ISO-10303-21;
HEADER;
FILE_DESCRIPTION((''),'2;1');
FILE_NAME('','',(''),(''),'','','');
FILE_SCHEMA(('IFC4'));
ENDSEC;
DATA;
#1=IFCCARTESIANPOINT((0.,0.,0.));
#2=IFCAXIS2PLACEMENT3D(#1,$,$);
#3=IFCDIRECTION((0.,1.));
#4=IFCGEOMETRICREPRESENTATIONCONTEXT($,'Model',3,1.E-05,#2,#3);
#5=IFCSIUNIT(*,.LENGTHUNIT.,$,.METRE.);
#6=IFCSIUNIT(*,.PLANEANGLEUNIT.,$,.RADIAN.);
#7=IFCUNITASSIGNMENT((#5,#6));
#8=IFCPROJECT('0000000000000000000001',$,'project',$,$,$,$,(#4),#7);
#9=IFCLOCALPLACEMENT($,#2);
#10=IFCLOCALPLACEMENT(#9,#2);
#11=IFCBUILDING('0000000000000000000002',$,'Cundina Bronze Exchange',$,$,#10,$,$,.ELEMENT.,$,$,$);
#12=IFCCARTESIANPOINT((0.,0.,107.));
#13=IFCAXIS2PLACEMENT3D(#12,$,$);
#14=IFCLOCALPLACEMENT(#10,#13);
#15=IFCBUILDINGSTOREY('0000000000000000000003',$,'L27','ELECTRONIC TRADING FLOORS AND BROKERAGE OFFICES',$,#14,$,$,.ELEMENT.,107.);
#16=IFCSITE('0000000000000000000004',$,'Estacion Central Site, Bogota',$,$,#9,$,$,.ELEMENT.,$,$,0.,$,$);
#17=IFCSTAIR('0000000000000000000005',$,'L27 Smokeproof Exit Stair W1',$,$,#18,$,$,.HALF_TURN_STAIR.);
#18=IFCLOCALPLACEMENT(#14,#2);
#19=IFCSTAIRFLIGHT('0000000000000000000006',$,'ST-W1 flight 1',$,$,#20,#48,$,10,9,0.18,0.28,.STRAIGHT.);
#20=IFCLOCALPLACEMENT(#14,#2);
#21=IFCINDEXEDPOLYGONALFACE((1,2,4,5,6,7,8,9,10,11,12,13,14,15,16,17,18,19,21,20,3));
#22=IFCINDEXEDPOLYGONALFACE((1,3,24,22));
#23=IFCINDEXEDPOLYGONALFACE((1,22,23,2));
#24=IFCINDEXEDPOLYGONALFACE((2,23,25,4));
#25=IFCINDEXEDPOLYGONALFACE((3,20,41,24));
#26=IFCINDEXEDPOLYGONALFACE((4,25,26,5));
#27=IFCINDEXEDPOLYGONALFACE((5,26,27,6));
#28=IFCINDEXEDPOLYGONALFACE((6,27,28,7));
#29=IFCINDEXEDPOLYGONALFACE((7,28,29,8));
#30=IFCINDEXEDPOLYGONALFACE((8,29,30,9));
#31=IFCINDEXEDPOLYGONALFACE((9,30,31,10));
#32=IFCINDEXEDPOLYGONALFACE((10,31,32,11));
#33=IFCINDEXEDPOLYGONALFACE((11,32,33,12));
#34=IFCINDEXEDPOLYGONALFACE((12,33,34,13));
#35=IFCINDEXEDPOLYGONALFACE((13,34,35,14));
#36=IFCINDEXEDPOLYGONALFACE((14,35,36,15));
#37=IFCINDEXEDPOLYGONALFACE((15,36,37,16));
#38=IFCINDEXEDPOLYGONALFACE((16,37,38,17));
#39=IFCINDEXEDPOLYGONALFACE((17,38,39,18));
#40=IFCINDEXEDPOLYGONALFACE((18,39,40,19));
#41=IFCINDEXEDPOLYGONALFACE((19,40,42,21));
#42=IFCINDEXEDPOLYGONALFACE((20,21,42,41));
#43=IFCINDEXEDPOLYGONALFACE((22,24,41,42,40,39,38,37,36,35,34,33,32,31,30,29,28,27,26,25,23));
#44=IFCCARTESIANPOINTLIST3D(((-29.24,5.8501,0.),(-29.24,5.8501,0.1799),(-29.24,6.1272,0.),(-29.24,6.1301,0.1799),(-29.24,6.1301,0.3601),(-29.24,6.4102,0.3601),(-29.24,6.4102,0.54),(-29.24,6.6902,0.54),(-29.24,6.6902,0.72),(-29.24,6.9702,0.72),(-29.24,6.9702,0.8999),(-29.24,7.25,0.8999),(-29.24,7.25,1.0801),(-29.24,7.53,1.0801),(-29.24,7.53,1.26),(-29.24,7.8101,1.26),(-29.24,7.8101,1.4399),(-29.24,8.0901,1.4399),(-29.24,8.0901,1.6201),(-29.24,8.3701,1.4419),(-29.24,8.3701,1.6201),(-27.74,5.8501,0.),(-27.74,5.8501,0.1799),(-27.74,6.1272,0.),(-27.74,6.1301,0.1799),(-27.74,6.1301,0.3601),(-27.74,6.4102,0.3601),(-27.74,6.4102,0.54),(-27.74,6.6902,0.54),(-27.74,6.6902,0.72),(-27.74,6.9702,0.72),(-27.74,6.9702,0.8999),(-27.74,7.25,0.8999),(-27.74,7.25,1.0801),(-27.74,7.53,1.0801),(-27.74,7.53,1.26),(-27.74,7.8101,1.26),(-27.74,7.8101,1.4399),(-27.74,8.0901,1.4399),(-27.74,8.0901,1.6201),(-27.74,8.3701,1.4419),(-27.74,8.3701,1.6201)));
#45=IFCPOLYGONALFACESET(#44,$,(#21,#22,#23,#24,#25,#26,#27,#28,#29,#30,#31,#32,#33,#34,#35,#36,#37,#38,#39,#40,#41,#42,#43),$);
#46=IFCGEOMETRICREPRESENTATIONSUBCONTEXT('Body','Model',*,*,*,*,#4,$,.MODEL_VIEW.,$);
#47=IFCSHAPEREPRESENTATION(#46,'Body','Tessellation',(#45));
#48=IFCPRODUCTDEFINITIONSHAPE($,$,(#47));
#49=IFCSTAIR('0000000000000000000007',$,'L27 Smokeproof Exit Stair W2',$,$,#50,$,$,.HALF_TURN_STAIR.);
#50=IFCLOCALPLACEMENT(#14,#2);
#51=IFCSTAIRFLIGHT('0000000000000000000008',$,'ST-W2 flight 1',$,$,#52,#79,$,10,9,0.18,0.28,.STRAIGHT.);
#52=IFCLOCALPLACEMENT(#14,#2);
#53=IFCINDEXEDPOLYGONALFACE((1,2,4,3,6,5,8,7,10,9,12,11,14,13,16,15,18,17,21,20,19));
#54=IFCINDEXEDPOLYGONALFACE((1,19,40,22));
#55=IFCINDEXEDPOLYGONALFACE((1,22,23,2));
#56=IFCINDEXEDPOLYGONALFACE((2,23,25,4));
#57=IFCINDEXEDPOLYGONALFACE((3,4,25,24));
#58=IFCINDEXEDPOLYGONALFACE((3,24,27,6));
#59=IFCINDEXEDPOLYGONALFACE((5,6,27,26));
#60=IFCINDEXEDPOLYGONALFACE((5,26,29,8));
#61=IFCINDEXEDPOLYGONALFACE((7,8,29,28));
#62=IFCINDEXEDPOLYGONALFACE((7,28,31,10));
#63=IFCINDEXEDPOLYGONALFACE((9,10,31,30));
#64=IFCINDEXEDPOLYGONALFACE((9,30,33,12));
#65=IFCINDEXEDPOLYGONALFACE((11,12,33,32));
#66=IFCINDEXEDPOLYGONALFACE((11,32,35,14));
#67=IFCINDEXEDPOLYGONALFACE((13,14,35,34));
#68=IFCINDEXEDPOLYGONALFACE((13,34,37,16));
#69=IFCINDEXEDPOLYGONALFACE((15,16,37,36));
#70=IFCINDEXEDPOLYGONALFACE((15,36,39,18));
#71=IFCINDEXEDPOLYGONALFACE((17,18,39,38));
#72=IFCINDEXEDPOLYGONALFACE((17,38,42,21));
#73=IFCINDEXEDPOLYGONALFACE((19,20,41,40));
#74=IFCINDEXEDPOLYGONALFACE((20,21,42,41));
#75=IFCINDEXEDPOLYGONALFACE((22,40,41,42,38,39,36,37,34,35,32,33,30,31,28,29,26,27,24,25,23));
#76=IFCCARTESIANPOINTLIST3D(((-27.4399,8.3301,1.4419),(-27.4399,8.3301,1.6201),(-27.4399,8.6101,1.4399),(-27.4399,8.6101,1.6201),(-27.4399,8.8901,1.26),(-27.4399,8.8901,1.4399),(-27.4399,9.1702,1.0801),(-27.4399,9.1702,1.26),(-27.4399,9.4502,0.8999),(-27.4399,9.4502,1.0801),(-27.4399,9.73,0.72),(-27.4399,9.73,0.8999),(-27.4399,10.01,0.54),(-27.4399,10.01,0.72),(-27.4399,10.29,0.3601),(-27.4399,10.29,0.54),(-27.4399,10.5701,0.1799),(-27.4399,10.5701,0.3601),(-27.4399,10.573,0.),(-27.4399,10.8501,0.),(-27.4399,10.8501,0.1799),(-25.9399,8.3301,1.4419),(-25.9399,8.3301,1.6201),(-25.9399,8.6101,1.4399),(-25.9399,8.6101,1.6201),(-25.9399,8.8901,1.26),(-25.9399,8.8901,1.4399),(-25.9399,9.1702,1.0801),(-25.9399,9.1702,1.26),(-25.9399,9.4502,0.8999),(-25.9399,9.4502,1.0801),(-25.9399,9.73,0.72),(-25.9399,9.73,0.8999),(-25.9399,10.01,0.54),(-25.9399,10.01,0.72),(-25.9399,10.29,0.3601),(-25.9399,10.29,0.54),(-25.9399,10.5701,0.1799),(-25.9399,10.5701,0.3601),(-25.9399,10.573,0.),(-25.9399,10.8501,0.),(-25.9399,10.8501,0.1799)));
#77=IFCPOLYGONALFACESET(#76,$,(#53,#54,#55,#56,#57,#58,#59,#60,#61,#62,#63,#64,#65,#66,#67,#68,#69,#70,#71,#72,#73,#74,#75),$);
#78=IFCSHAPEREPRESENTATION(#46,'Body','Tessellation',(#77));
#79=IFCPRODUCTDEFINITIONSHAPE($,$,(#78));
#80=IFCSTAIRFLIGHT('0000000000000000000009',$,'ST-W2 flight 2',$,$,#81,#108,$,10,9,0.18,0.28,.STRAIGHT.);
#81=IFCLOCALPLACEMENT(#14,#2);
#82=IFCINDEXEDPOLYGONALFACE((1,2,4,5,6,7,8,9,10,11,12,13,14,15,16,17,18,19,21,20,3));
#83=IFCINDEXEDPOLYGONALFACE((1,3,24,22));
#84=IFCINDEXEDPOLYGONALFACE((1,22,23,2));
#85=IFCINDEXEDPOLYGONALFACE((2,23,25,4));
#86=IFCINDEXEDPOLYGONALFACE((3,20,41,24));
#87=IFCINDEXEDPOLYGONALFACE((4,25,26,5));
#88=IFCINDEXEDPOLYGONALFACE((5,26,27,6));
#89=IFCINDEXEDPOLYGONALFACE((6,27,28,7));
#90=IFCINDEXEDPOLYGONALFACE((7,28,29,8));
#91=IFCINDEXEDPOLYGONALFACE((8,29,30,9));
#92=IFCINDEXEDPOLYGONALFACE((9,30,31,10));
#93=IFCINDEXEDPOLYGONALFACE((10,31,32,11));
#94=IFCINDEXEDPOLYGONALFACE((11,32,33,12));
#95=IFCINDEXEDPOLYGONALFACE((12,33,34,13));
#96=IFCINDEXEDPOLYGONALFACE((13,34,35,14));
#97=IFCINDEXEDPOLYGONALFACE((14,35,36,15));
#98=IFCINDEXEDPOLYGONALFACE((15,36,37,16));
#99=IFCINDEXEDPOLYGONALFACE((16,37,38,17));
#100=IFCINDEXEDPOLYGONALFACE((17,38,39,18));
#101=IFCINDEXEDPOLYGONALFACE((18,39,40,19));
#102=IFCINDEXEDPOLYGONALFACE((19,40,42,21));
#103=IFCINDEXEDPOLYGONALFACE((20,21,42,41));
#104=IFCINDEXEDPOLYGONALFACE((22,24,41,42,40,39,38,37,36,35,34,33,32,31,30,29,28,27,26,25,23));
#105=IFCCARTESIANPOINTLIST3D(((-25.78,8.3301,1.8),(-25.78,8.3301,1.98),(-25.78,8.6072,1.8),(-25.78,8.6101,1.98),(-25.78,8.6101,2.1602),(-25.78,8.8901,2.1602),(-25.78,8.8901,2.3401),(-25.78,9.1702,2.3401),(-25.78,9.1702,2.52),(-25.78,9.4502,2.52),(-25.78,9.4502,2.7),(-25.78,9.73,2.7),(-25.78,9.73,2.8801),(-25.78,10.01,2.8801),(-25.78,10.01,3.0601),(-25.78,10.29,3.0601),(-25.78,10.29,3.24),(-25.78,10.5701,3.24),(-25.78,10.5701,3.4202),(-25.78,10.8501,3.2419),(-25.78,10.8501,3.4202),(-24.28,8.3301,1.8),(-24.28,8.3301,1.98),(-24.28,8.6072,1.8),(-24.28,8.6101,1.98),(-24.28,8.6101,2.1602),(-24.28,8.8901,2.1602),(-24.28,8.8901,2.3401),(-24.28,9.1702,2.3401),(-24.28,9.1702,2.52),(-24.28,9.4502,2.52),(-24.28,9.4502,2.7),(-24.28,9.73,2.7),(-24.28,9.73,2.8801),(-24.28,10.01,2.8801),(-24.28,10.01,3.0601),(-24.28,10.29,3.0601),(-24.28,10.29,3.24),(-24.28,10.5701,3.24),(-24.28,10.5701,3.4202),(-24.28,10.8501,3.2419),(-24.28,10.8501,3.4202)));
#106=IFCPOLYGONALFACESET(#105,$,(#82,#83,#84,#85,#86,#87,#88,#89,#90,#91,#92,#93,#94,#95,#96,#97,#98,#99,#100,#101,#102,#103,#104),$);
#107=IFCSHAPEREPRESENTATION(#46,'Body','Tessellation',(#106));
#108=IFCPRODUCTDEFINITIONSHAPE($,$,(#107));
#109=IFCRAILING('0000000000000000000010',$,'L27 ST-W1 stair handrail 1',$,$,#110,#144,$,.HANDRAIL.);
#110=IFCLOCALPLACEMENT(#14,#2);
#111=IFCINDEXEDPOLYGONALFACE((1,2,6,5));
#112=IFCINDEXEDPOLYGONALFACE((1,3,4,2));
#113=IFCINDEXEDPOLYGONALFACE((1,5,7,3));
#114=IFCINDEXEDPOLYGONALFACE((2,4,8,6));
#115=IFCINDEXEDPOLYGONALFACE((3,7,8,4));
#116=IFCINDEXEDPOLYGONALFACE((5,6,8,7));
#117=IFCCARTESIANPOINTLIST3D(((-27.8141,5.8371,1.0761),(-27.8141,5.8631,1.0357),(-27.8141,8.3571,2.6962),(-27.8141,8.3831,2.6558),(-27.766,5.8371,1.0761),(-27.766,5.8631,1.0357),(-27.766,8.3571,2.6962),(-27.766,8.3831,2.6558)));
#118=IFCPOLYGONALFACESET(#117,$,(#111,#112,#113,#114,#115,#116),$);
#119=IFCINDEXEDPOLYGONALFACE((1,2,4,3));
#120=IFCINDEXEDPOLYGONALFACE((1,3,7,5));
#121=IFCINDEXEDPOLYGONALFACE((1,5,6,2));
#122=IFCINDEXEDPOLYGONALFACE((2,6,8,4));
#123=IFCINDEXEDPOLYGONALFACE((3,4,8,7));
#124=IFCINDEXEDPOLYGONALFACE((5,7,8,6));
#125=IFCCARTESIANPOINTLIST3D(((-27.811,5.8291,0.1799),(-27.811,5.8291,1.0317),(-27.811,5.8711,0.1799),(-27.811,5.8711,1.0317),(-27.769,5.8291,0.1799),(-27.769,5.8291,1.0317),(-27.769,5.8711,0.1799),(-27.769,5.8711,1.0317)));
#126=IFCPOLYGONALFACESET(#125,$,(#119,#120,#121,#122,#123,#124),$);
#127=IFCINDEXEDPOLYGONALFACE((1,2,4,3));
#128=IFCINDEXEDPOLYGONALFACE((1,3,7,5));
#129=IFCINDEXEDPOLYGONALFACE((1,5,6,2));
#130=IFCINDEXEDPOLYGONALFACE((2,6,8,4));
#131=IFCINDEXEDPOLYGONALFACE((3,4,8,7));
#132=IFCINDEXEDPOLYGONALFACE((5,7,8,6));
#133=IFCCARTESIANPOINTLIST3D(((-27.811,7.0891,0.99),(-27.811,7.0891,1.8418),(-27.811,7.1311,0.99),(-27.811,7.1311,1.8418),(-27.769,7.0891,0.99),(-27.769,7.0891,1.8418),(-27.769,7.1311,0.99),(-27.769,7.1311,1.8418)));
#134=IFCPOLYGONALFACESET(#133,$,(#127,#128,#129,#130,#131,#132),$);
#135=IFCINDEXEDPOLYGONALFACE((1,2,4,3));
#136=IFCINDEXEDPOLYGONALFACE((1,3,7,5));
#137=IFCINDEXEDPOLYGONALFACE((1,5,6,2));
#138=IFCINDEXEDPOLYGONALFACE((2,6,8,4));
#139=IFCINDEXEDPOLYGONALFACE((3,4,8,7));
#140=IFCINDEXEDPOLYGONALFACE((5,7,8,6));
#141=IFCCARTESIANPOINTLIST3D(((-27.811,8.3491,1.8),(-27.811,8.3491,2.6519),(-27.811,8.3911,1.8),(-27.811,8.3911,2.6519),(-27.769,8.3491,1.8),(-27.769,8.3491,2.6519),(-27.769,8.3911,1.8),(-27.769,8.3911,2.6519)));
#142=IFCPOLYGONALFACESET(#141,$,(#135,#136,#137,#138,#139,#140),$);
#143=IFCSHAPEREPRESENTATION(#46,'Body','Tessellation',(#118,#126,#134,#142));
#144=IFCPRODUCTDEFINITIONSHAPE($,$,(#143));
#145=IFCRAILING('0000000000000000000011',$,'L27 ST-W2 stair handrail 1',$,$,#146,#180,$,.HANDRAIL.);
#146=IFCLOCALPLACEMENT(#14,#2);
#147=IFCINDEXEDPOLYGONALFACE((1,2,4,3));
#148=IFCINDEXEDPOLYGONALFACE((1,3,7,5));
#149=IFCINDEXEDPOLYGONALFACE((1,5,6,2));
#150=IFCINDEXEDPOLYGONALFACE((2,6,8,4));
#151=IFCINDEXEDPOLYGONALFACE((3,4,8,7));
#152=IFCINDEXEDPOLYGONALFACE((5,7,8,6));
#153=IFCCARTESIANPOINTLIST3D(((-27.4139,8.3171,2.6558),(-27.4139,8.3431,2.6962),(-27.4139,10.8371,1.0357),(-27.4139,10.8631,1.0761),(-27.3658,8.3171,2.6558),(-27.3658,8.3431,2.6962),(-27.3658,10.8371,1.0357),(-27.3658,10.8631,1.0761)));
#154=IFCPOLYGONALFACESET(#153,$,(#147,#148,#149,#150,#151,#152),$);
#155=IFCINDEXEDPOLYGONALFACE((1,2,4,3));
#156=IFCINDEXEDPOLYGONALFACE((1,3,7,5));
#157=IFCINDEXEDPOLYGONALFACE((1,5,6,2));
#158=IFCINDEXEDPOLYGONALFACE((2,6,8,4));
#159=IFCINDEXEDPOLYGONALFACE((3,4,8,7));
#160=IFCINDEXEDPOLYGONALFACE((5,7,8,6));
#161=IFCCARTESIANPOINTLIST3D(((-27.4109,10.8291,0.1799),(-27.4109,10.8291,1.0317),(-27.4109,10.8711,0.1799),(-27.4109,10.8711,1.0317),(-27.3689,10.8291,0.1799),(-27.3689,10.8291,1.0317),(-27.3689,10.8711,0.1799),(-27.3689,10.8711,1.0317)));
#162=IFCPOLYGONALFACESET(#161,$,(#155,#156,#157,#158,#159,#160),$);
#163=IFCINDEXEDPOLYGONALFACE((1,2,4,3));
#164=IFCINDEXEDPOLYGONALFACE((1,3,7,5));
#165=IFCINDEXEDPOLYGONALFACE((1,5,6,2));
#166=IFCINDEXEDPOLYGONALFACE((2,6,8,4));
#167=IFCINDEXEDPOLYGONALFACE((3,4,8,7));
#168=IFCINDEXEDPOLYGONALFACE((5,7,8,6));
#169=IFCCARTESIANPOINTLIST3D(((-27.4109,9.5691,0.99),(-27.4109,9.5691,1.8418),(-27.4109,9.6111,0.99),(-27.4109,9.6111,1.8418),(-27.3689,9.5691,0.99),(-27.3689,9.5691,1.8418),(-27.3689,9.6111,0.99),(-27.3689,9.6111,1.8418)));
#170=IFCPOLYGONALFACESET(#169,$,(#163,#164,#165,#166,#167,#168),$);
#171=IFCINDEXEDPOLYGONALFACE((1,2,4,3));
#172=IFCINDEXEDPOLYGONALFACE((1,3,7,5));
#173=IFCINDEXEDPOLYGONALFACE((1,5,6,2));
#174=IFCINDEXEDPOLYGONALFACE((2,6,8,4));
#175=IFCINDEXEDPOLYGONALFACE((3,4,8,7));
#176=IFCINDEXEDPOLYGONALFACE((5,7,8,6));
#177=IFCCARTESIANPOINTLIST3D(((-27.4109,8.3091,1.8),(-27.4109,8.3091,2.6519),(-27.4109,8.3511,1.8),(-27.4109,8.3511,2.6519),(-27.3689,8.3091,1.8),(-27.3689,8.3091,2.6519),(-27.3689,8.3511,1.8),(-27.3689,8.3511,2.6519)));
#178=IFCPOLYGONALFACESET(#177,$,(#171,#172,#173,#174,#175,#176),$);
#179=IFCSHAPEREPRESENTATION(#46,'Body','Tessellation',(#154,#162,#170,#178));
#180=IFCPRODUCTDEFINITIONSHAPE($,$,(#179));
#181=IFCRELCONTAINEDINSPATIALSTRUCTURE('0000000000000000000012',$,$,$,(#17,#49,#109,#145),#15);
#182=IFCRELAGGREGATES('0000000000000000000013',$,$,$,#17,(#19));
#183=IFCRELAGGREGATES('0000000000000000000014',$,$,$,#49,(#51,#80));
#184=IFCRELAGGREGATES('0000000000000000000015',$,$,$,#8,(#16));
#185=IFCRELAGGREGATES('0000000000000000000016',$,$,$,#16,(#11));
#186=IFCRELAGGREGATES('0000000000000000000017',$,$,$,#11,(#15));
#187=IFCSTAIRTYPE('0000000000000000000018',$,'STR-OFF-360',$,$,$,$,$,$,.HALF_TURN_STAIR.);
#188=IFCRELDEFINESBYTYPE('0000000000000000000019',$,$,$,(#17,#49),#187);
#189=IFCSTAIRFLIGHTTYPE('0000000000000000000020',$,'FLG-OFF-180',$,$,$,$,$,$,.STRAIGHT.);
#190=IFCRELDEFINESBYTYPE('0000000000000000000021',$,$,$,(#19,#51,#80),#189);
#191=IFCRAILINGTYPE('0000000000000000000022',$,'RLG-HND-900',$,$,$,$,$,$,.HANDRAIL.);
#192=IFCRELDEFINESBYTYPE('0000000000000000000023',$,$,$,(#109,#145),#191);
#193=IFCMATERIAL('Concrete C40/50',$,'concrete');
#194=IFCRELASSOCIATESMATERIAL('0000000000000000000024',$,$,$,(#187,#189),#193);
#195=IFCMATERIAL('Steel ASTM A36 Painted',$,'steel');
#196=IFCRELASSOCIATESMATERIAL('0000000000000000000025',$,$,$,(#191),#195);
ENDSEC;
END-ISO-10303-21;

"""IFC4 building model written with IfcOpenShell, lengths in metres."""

from ifc_helpers import new_model, si_unit, direction, frame, origin, origin_2d, place, context, subcontext, project, spatial, polyline, rectangle, outline, extrude, material, type_object, element, aggregate, save


model = new_model("IFC4")

# Units and contexts
model_context = context("Model", 3, precision=1e-05, world=origin(), true_north=direction((0.0, 1.0)))
body_context = subcontext(model_context, "Body", "Model", "MODEL_VIEW")
ifc_project = project(units=[si_unit("LENGTHUNIT", "METRE"), si_unit("PLANEANGLEUNIT", "RADIAN")], contexts=[model_context])

# Site, building, storey
site_placement = place(None, origin())
site = spatial("IfcSite", under=ifc_project, at=site_placement, Name="Estacion Central Site, Bogota", CompositionType="ELEMENT", RefElevation=0.0)
building_placement = place(site_placement, origin())
building = spatial("IfcBuilding", under=site, at=building_placement, Name="Cundina Bronze Exchange", CompositionType="ELEMENT")
storey_placement = place(building_placement, frame((0.0, 0.0, 107.0)))
storey = spatial("IfcBuildingStorey", under=building, at=storey_placement, Name="L27", Description="ELECTRONIC TRADING FLOORS AND BROKERAGE OFFICES", CompositionType="ELEMENT", Elevation=107.0)

# Shared definitions
ifc_material_1 = material(Name="Steel ASTM A36 Painted", Category="steel")

# Stair, stair flight
ifc_material_2 = material(Name="Concrete C40/50", Category="concrete")
stair_type = type_object("IfcStairType", Name="STR-OFF-360", PredefinedType="HALF_TURN_STAIR", material=ifc_material_2)
stair_1_placement = place(storey_placement, origin())
stair_1 = element("IfcStair", 1, at=stair_1_placement, inside=storey, type_object=stair_type, Name="L27 Smokeproof Exit Stair W1", PredefinedType="HALF_TURN_STAIR")
stair_flight_type = type_object("IfcStairFlightType", Name="FLG-OFF-180", PredefinedType="STRAIGHT", material=ifc_material_2)
stair_flight_1_placement = place(storey_placement, frame((-28.49, 5.8501, 0.0), z_axis=(0.0, 0.0, 1.0), x_axis=(0.0, 1.0, 0.0)))
stair_flight_1 = element("IfcStairFlight", 2, at=stair_flight_1_placement, type_object=stair_flight_type, Name="ST-W1 flight 1", NumberOfRisers=10, NumberOfTreads=9, PredefinedType="STRAIGHT", RiserHeight=0.18, TreadLength=0.28, context=body_context, shape_type="SweptSolid", body=[
    extrude(outline(polyline([(0.0, 0.0), (0.0, 0.1799), (0.28, 0.1799), (0.28, 0.3601), (0.5601, 0.3601), (0.5601, 0.54), (0.8401, 0.54), (0.8401, 0.72), (1.1201, 0.72), (1.1201, 0.8999), (1.3999, 0.8999), (1.3999, 1.0801), (1.6799, 1.0801), (1.6799, 1.26), (1.96, 1.26), (1.96, 1.4399), (2.24, 1.4399), (2.24, 1.6201), (2.52, 1.6201), (2.52, 1.8), (2.52, 1.4419), (0.2771, 0.0), (0.0, 0.0)])), frame((0.0, 0.75, 0.0), z_axis=(0.0, -1.0, 0.0), x_axis=(1.0, 0.0, 0.0)), (0.0, 0.0, 1.0), 1.5),
])
aggregate(stair_1, [stair_flight_1])

# Stair, stair flights
stair_2_placement = place(storey_placement, origin())
stair_2 = element("IfcStair", 3, at=stair_2_placement, inside=storey, type_object=stair_type, Name="L27 Smokeproof Exit Stair W2", PredefinedType="HALF_TURN_STAIR")
stair_flight_2_placement = place(storey_placement, frame((-26.6899, 10.8501, 0.0), z_axis=(0.0, 0.0, 1.0), x_axis=(0.0, -1.0, 0.0)))
stair_flight_2 = element("IfcStairFlight", 4, at=stair_flight_2_placement, type_object=stair_flight_type, Name="ST-W2 flight 1", NumberOfRisers=10, NumberOfTreads=9, PredefinedType="STRAIGHT", RiserHeight=0.18, TreadLength=0.28, context=body_context, shape_type="SweptSolid", body=[
    extrude(outline(polyline([(0.0, 0.0), (0.0, 0.1799), (0.28, 0.1799), (0.28, 0.3601), (0.5601, 0.3601), (0.5601, 0.54), (0.8401, 0.54), (0.8401, 0.72), (1.1201, 0.72), (1.1201, 0.8999), (1.3999, 0.8999), (1.3999, 1.0801), (1.6799, 1.0801), (1.6799, 1.26), (1.96, 1.26), (1.96, 1.4399), (2.24, 1.4399), (2.24, 1.6201), (2.52, 1.6201), (2.52, 1.8), (2.52, 1.4419), (0.2771, 0.0), (0.0, 0.0)])), frame((0.0, 0.75, 0.0), z_axis=(0.0, -1.0, 0.0), x_axis=(1.0, 0.0, 0.0)), (0.0, 0.0, 1.0), 1.5),
])
stair_flight_3_placement = place(storey_placement, frame((-25.03, 8.3301, 1.8), z_axis=(0.0, 0.0, 1.0), x_axis=(0.0, 1.0, 0.0)))
stair_flight_3 = element("IfcStairFlight", 5, at=stair_flight_3_placement, type_object=stair_flight_type, Name="ST-W2 flight 2", NumberOfRisers=10, NumberOfTreads=9, PredefinedType="STRAIGHT", RiserHeight=0.18, TreadLength=0.28, context=body_context, shape_type="SweptSolid", body=[
    extrude(outline(polyline([(0.0, 0.0), (0.0, 0.1799), (0.28, 0.1799), (0.28, 0.3601), (0.5601, 0.3601), (0.5601, 0.54), (0.8401, 0.54), (0.8401, 0.72), (1.1201, 0.72), (1.1201, 0.8999), (1.3999, 0.8999), (1.3999, 1.0801), (1.6799, 1.0801), (1.6799, 1.26), (1.96, 1.26), (1.96, 1.4399), (2.24, 1.4399), (2.24, 1.6201), (2.52, 1.6201), (2.52, 1.8), (2.52, 1.4419), (0.2771, 0.0), (0.0, 0.0)])), frame((0.0, 0.75, 0.0), z_axis=(0.0, -1.0, 0.0), x_axis=(1.0, 0.0, 0.0)), (0.0, 0.0, 1.0), 1.5),
])
aggregate(stair_2, [stair_flight_2, stair_flight_3])

# Railings
railing_type_1 = type_object("IfcRailingType", Name="RLG-HND-900", PredefinedType="HANDRAIL", material=ifc_material_1)
railing_1_placement = place(storey_placement, frame((-27.79, 5.8501, 0.1799)))
element("IfcRailing", 6, at=railing_1_placement, inside=storey, type_object=railing_type_1, Name="L27 ST-W1 stair handrail 1", PredefinedType="HANDRAIL", context=body_context, shape_type="SweptSolid", body=[
    extrude(rectangle(XDim=0.0481, YDim=0.0481, at=origin_2d()), frame((0.0, 0.0, 0.876), z_axis=(0.0, 0.841163, 0.540782), x_axis=(-1.0, 0.0, 0.0)), (0.0, 0.0, 1.0), 2.9958),
    extrude(rectangle(XDim=0.042, YDim=0.042, at=origin_2d()), origin(), (0.0, 0.0, 1.0), 0.8518),
    extrude(rectangle(XDim=0.042, YDim=0.042, at=origin_2d()), frame((0.0, 1.26, 0.8101)), (0.0, 0.0, 1.0), 0.8518),
    extrude(rectangle(XDim=0.042, YDim=0.042, at=origin_2d()), frame((0.0, 2.52, 1.6201)), (0.0, 0.0, 1.0), 0.8518),
])
railing_2_placement = place(storey_placement, frame((-27.3899, 10.8501, 0.1799)))
element("IfcRailing", 7, at=railing_2_placement, inside=storey, type_object=railing_type_1, Name="L27 ST-W2 stair handrail 1", PredefinedType="HANDRAIL", context=body_context, shape_type="SweptSolid", body=[
    extrude(rectangle(XDim=0.0481, YDim=0.0481, at=origin_2d()), frame((0.0, 0.0, 0.876), z_axis=(0.0, -0.841163, 0.540782), x_axis=(1.0, 0.0, 0.0)), (0.0, 0.0, 1.0), 2.9958),
    extrude(rectangle(XDim=0.042, YDim=0.042, at=origin_2d()), origin(), (0.0, 0.0, 1.0), 0.8518),
    extrude(rectangle(XDim=0.042, YDim=0.042, at=origin_2d()), frame((0.0, -1.26, 0.8101)), (0.0, 0.0, 1.0), 0.8518),
    extrude(rectangle(XDim=0.042, YDim=0.042, at=origin_2d()), frame((0.0, -2.52, 1.6201)), (0.0, 0.0, 1.0), 0.8518),
])

save(model, "model.ifc")
